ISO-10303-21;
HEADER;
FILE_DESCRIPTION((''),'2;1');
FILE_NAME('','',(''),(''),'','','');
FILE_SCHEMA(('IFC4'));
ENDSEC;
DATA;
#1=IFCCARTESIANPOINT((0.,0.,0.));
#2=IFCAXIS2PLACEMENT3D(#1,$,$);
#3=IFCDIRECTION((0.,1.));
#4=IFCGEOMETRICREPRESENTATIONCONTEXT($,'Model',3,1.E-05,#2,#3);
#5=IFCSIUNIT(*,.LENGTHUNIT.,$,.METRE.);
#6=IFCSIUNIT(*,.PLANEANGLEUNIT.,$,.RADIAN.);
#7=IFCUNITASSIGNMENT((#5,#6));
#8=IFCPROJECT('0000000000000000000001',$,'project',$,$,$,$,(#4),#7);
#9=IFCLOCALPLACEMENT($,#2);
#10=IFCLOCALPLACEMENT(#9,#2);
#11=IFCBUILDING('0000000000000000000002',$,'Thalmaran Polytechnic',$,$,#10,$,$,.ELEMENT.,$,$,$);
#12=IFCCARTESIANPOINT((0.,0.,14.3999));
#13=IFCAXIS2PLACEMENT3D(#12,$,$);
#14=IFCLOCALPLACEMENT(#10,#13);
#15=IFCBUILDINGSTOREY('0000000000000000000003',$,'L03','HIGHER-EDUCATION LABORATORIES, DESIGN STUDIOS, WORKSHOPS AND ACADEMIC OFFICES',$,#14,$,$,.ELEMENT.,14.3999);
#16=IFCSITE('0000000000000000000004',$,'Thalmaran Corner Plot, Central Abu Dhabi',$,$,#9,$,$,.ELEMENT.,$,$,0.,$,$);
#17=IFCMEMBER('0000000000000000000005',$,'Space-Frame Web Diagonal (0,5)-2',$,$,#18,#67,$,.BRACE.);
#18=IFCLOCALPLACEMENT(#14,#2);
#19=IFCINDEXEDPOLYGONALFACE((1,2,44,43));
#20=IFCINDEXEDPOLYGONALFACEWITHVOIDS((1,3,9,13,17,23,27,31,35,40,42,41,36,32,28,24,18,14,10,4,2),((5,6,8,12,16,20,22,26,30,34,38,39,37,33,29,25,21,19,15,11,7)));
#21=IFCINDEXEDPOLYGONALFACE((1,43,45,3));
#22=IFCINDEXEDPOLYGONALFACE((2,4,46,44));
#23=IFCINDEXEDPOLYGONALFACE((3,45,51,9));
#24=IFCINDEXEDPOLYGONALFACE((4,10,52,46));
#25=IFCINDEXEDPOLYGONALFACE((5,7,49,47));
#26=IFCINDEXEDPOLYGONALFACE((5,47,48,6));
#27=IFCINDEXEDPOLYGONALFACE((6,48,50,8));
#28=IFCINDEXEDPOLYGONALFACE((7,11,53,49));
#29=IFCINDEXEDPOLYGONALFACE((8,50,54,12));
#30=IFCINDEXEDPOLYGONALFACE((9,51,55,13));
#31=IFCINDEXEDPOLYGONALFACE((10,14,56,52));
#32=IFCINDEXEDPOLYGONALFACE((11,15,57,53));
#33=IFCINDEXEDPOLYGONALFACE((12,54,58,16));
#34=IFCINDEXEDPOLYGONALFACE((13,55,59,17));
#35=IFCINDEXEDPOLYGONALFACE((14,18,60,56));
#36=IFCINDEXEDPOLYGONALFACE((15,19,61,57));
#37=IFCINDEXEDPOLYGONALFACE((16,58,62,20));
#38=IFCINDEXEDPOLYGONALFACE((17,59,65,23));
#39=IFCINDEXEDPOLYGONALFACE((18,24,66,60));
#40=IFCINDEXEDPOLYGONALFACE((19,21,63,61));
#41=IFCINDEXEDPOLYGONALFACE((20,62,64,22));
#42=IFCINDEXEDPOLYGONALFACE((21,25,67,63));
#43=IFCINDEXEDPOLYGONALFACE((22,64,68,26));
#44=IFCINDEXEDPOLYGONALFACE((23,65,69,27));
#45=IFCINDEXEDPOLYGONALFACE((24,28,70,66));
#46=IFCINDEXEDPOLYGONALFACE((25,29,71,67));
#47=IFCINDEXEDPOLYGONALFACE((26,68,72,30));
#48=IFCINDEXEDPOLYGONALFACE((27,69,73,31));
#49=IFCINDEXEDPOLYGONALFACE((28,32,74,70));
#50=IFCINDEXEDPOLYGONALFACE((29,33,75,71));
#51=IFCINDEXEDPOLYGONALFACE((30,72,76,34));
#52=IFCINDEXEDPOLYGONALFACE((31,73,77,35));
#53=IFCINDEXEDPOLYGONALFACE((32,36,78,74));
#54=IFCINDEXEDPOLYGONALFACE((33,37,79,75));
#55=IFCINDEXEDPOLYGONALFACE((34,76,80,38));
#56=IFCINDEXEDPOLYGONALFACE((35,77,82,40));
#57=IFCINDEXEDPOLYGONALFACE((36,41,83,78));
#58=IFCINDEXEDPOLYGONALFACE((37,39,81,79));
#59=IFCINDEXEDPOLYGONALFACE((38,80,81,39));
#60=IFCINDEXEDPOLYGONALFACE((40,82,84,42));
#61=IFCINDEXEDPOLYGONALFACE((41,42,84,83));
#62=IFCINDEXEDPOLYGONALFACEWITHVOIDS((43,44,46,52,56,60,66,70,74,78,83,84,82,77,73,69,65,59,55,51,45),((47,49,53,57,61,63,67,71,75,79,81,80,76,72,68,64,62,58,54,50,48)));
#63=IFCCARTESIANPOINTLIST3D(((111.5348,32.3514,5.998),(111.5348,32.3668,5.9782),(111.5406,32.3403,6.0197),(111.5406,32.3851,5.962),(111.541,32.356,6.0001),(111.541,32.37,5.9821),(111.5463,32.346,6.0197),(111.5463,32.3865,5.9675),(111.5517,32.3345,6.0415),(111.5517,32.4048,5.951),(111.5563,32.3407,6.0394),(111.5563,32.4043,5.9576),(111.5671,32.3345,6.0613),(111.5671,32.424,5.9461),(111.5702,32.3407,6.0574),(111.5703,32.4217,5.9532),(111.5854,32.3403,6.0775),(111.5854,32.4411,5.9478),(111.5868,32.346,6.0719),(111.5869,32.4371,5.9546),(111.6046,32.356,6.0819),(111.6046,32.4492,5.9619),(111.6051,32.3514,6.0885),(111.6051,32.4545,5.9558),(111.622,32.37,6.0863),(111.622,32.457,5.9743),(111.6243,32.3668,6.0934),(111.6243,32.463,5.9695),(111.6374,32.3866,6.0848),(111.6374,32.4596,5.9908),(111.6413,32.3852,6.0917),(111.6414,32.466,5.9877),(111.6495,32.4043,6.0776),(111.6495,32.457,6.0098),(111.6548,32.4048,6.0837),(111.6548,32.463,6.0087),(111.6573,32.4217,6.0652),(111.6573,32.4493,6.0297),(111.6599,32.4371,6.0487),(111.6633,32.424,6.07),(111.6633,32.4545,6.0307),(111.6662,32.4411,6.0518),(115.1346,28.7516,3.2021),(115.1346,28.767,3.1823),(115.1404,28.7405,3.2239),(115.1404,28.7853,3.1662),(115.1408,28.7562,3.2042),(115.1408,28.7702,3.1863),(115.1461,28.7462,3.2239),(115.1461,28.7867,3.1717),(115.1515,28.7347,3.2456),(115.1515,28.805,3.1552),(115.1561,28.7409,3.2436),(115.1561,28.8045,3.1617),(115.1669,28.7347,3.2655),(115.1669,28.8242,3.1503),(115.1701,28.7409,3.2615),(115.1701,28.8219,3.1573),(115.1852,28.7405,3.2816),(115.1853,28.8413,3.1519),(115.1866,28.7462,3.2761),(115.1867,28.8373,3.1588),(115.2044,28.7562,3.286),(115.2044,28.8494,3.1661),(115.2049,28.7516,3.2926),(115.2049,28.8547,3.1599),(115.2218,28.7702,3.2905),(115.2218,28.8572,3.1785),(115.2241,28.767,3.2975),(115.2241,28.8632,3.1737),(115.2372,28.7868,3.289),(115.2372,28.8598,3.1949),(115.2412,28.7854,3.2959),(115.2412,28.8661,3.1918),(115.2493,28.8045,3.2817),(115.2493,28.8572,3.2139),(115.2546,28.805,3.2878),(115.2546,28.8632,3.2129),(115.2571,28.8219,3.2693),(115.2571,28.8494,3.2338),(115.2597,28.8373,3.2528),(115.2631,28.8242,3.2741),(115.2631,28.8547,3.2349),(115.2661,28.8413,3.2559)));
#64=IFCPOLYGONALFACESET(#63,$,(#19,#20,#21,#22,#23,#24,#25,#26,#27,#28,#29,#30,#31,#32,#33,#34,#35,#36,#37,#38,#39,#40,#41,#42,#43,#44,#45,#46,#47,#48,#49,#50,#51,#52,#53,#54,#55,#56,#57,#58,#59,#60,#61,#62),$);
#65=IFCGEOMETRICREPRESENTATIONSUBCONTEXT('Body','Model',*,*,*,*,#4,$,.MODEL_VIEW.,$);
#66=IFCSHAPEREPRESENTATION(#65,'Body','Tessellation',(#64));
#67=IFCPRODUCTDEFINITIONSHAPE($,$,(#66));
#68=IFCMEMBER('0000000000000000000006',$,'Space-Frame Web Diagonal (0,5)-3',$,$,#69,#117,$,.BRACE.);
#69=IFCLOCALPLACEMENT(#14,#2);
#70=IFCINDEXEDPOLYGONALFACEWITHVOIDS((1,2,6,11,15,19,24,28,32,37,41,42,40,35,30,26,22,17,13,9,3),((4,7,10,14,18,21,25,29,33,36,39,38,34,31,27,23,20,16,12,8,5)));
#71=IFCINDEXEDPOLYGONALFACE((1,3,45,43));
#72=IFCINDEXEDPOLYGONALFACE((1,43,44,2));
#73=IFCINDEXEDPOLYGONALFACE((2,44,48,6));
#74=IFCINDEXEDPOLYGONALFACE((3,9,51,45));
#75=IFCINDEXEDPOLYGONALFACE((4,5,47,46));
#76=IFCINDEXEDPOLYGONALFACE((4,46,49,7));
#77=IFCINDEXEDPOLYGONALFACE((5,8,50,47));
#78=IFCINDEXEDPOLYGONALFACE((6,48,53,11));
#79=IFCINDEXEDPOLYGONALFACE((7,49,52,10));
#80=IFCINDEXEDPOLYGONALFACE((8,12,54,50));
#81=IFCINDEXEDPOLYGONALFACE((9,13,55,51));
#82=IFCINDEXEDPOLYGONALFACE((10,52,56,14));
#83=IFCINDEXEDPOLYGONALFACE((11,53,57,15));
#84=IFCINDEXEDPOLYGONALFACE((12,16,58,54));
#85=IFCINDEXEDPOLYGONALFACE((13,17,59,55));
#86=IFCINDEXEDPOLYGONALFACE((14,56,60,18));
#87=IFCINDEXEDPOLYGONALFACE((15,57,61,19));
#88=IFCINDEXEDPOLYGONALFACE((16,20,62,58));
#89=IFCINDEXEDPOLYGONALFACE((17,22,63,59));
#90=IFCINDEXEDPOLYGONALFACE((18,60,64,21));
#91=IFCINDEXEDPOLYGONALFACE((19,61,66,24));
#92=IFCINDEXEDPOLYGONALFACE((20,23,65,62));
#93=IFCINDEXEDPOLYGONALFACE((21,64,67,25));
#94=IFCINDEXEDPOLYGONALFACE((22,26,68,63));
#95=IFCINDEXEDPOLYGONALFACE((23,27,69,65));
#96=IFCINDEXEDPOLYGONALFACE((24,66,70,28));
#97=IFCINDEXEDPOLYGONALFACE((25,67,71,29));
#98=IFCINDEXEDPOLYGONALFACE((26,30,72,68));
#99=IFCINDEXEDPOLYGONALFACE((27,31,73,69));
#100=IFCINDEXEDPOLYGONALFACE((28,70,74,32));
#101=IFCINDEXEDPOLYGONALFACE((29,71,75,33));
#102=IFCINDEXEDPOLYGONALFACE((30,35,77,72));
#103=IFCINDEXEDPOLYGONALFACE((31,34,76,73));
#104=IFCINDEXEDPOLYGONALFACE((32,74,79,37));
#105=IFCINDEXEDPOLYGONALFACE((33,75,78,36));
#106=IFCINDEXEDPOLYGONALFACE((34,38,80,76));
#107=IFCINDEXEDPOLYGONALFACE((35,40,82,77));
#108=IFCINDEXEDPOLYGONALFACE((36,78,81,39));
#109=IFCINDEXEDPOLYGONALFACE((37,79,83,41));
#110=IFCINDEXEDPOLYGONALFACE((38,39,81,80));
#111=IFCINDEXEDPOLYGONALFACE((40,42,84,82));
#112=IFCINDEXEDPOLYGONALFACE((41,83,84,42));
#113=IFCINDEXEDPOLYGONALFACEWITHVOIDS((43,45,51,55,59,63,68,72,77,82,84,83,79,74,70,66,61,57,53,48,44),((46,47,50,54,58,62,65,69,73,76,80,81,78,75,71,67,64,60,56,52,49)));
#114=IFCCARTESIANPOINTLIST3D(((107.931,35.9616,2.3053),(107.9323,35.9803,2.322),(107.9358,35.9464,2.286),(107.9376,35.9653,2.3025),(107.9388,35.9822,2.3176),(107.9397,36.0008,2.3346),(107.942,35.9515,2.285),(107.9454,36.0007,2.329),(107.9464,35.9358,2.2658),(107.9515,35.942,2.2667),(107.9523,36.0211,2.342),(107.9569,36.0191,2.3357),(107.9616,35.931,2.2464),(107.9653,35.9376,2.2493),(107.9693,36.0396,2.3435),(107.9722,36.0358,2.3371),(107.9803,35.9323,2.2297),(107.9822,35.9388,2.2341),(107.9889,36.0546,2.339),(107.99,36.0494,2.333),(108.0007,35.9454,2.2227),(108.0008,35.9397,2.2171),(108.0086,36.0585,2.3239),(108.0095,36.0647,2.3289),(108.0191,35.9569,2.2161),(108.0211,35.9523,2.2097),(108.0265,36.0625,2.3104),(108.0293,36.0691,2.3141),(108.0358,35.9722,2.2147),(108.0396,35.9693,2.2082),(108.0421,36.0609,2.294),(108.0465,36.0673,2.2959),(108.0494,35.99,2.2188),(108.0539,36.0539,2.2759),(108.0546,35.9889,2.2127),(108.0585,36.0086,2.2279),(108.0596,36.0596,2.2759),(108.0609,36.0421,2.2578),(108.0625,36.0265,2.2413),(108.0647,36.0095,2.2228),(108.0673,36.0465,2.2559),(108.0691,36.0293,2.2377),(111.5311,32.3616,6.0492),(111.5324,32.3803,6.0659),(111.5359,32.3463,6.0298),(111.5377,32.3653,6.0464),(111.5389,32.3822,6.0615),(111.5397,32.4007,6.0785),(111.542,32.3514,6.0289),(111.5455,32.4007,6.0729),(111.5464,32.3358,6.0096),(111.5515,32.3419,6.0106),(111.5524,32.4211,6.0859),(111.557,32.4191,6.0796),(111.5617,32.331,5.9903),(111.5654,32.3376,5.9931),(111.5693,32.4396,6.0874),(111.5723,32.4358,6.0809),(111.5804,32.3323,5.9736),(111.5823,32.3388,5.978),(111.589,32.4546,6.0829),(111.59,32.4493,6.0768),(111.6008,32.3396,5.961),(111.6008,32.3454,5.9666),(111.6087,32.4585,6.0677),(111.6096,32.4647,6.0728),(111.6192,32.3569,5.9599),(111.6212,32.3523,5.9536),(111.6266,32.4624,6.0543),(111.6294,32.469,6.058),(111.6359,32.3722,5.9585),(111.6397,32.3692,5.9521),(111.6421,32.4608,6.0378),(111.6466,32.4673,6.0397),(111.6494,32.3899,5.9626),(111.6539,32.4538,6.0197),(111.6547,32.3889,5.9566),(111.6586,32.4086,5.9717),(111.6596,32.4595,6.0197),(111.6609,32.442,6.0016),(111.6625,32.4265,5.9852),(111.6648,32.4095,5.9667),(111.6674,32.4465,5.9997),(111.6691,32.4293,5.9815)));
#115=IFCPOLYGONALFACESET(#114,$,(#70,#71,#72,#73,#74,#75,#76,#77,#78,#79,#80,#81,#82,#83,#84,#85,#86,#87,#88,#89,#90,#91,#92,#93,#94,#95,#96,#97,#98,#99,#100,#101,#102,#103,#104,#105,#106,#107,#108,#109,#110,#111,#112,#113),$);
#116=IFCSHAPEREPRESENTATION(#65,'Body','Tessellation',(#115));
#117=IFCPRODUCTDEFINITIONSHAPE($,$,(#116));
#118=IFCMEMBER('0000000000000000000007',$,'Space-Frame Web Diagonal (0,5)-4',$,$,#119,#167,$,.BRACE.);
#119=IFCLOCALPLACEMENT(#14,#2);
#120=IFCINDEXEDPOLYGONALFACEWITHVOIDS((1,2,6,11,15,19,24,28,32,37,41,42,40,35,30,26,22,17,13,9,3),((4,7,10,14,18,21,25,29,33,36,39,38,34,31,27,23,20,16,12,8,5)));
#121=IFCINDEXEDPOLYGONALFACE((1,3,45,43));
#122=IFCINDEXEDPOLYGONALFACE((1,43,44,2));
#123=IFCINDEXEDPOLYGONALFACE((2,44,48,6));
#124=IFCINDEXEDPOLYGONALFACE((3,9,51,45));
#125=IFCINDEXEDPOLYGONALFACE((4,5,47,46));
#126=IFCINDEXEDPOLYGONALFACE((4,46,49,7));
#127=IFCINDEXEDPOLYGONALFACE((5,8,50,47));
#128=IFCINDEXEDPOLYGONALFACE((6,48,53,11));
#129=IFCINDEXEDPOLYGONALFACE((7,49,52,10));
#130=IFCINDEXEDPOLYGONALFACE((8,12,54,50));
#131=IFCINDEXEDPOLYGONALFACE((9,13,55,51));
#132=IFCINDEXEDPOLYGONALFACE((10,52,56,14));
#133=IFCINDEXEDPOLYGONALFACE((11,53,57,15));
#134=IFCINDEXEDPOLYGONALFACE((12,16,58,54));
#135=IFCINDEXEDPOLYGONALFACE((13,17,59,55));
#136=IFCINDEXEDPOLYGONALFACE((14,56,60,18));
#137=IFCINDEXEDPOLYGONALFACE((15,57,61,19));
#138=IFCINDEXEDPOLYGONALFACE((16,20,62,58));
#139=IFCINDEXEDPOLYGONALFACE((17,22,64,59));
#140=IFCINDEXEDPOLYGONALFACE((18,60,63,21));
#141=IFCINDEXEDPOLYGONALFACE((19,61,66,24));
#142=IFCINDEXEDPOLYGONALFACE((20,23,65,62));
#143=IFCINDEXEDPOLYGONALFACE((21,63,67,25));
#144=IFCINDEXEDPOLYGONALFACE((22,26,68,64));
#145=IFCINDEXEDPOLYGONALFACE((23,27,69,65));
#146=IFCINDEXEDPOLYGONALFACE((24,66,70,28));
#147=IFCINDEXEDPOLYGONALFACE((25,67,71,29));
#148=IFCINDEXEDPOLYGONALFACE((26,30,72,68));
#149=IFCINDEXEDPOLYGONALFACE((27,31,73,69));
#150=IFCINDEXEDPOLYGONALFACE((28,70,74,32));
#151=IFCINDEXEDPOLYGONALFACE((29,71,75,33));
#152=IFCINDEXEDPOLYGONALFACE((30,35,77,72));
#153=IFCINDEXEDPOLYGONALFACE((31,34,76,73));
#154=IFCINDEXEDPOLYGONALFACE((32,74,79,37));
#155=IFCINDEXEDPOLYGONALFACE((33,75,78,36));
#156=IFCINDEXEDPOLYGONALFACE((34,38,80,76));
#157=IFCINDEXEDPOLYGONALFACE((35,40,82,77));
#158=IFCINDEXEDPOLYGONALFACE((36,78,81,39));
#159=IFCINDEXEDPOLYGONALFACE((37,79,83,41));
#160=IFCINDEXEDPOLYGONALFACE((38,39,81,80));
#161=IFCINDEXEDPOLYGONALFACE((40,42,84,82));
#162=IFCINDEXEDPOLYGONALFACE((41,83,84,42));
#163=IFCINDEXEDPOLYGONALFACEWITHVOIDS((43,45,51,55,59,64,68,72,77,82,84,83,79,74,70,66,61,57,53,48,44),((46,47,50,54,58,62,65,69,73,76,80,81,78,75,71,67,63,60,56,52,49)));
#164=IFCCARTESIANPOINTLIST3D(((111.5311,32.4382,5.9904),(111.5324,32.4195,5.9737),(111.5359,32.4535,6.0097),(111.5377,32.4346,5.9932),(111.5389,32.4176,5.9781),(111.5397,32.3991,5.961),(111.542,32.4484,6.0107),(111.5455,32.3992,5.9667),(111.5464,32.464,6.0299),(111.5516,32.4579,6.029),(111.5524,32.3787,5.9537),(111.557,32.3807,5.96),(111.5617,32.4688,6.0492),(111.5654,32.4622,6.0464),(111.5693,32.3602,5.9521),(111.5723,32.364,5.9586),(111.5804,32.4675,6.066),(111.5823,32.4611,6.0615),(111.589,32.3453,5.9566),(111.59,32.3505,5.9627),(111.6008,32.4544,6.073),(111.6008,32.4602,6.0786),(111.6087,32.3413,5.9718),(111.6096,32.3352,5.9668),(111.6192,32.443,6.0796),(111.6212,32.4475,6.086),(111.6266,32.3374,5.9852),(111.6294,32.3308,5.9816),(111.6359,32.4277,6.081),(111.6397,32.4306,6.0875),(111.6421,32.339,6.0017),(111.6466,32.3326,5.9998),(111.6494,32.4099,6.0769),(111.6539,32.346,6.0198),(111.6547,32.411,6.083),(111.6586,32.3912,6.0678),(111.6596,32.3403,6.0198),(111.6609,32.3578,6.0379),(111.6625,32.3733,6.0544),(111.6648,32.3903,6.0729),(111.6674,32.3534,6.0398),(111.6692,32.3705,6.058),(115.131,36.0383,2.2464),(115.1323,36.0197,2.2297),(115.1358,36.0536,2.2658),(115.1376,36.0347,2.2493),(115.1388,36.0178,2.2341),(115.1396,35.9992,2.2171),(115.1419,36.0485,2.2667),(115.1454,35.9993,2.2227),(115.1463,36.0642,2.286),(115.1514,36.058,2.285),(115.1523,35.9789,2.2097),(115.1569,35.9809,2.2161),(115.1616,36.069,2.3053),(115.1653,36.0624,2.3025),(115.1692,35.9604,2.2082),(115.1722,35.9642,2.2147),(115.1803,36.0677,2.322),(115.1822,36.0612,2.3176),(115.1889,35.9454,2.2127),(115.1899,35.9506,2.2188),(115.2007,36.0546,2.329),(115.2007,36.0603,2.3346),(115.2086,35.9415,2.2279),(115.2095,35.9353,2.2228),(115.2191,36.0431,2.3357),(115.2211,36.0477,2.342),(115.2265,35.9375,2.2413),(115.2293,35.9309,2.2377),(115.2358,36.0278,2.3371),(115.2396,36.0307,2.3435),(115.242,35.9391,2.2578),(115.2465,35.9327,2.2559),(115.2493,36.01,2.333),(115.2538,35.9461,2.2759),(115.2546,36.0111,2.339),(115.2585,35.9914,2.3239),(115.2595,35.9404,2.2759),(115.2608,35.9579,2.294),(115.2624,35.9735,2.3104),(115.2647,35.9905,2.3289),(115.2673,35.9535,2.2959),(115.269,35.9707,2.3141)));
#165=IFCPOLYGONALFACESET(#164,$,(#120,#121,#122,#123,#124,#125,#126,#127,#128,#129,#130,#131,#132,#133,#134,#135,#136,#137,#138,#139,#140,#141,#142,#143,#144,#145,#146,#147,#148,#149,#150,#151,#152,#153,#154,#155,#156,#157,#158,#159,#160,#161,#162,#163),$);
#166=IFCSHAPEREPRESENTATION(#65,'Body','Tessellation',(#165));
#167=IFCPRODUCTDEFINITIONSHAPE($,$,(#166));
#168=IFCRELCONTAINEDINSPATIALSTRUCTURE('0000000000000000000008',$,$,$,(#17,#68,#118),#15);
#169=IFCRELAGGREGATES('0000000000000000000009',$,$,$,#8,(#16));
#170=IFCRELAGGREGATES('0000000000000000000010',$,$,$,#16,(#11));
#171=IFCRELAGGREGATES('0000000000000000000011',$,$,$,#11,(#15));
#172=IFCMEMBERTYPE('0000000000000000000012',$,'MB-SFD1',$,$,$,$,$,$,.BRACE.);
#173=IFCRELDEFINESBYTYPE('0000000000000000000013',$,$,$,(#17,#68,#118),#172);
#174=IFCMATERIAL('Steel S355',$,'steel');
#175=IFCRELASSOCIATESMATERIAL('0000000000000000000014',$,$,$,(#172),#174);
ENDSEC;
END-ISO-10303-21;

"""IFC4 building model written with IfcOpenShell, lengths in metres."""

from ifc_helpers import new_model, si_unit, direction, frame, origin, origin_2d, place, context, subcontext, project, spatial, hollow_circle, extrude, material, material_profile, profile_set, type_object, element, save


model = new_model("IFC4")

# Units and contexts
model_context = context("Model", 3, precision=1e-05, world=origin(), true_north=direction((0.0, 1.0)))
body_context = subcontext(model_context, "Body", "Model", "MODEL_VIEW")
ifc_project = project(units=[si_unit("LENGTHUNIT", "METRE"), si_unit("PLANEANGLEUNIT", "RADIAN")], contexts=[model_context])

# Site, building, storey
site_placement = place(None, origin())
site = spatial("IfcSite", under=ifc_project, at=site_placement, Name="Thalmaran Corner Plot, Central Abu Dhabi", CompositionType="ELEMENT", RefElevation=0.0)
building_placement = place(site_placement, origin())
building = spatial("IfcBuilding", under=site, at=building_placement, Name="Thalmaran Polytechnic", CompositionType="ELEMENT")
storey_placement = place(building_placement, frame((0.0, 0.0, 14.3999)))
storey = spatial("IfcBuildingStorey", under=building, at=storey_placement, Name="L03", Description="HIGHER-EDUCATION LABORATORIES, DESIGN STUDIOS, WORKSHOPS AND ACADEMIC OFFICES", CompositionType="ELEMENT", Elevation=14.3999)

# Shared definitions
ifc_material_1 = material(Name="Steel S355", Category="steel")

# Members
ifc_material_profile_1 = material_profile(ifc_material_1, hollow_circle(Radius=0.0842, WallThickness=0.0081, at=origin_2d()), Name="CHS 168.3x8.0")
ifc_profile_set_1 = profile_set([ifc_material_profile_1], Name="Steel S355")
member_type_1 = type_object("IfcMemberType", Name="MB-SFD1", PredefinedType="BRACE", material=ifc_profile_set_1)
member_1_placement = place(storey_placement, frame((115.2, 28.8, 3.2239), z_axis=(-0.61979, 0.61979, 0.481373), x_axis=(-0.707107, -0.707107, 0.0)))
element("IfcMember", 1, at=member_1_placement, inside=storey, type_object=member_type_1, Name="Space-Frame Web Diagonal (0,5)-2", PredefinedType="BRACE", context=body_context, shape_type="SweptSolid", body=[
    extrude(hollow_circle(Radius=0.0842, WallThickness=0.0081, at=origin_2d()), origin(), (0.0, 0.0, 1.0), 5.8081),
])
for number, where, z_axis, x_axis, name in (
    (2, (108.0, 36.0, 2.2759), (0.569666, -0.569666, 0.59242), (0.707107, 0.707107, 0.0), "Space-Frame Web Diagonal (0,5)-3"),
    (3, (115.2, 36.0, 2.2759), (-0.56964, -0.569678, 0.592433), (0.707131, -0.707083, 0.0), "Space-Frame Web Diagonal (0,5)-4"),
):
    element("IfcMember", number, at=place(storey_placement, frame(where, z_axis=z_axis, x_axis=x_axis)), inside=storey, type_object=member_type_1, Name=name, PredefinedType="BRACE", context=body_context, shape_type="SweptSolid", body=[
        extrude(hollow_circle(Radius=0.0842, WallThickness=0.0081, at=origin_2d()), origin(), (0.0, 0.0, 1.0), 6.3196),
    ])

save(model, "model.ifc")
